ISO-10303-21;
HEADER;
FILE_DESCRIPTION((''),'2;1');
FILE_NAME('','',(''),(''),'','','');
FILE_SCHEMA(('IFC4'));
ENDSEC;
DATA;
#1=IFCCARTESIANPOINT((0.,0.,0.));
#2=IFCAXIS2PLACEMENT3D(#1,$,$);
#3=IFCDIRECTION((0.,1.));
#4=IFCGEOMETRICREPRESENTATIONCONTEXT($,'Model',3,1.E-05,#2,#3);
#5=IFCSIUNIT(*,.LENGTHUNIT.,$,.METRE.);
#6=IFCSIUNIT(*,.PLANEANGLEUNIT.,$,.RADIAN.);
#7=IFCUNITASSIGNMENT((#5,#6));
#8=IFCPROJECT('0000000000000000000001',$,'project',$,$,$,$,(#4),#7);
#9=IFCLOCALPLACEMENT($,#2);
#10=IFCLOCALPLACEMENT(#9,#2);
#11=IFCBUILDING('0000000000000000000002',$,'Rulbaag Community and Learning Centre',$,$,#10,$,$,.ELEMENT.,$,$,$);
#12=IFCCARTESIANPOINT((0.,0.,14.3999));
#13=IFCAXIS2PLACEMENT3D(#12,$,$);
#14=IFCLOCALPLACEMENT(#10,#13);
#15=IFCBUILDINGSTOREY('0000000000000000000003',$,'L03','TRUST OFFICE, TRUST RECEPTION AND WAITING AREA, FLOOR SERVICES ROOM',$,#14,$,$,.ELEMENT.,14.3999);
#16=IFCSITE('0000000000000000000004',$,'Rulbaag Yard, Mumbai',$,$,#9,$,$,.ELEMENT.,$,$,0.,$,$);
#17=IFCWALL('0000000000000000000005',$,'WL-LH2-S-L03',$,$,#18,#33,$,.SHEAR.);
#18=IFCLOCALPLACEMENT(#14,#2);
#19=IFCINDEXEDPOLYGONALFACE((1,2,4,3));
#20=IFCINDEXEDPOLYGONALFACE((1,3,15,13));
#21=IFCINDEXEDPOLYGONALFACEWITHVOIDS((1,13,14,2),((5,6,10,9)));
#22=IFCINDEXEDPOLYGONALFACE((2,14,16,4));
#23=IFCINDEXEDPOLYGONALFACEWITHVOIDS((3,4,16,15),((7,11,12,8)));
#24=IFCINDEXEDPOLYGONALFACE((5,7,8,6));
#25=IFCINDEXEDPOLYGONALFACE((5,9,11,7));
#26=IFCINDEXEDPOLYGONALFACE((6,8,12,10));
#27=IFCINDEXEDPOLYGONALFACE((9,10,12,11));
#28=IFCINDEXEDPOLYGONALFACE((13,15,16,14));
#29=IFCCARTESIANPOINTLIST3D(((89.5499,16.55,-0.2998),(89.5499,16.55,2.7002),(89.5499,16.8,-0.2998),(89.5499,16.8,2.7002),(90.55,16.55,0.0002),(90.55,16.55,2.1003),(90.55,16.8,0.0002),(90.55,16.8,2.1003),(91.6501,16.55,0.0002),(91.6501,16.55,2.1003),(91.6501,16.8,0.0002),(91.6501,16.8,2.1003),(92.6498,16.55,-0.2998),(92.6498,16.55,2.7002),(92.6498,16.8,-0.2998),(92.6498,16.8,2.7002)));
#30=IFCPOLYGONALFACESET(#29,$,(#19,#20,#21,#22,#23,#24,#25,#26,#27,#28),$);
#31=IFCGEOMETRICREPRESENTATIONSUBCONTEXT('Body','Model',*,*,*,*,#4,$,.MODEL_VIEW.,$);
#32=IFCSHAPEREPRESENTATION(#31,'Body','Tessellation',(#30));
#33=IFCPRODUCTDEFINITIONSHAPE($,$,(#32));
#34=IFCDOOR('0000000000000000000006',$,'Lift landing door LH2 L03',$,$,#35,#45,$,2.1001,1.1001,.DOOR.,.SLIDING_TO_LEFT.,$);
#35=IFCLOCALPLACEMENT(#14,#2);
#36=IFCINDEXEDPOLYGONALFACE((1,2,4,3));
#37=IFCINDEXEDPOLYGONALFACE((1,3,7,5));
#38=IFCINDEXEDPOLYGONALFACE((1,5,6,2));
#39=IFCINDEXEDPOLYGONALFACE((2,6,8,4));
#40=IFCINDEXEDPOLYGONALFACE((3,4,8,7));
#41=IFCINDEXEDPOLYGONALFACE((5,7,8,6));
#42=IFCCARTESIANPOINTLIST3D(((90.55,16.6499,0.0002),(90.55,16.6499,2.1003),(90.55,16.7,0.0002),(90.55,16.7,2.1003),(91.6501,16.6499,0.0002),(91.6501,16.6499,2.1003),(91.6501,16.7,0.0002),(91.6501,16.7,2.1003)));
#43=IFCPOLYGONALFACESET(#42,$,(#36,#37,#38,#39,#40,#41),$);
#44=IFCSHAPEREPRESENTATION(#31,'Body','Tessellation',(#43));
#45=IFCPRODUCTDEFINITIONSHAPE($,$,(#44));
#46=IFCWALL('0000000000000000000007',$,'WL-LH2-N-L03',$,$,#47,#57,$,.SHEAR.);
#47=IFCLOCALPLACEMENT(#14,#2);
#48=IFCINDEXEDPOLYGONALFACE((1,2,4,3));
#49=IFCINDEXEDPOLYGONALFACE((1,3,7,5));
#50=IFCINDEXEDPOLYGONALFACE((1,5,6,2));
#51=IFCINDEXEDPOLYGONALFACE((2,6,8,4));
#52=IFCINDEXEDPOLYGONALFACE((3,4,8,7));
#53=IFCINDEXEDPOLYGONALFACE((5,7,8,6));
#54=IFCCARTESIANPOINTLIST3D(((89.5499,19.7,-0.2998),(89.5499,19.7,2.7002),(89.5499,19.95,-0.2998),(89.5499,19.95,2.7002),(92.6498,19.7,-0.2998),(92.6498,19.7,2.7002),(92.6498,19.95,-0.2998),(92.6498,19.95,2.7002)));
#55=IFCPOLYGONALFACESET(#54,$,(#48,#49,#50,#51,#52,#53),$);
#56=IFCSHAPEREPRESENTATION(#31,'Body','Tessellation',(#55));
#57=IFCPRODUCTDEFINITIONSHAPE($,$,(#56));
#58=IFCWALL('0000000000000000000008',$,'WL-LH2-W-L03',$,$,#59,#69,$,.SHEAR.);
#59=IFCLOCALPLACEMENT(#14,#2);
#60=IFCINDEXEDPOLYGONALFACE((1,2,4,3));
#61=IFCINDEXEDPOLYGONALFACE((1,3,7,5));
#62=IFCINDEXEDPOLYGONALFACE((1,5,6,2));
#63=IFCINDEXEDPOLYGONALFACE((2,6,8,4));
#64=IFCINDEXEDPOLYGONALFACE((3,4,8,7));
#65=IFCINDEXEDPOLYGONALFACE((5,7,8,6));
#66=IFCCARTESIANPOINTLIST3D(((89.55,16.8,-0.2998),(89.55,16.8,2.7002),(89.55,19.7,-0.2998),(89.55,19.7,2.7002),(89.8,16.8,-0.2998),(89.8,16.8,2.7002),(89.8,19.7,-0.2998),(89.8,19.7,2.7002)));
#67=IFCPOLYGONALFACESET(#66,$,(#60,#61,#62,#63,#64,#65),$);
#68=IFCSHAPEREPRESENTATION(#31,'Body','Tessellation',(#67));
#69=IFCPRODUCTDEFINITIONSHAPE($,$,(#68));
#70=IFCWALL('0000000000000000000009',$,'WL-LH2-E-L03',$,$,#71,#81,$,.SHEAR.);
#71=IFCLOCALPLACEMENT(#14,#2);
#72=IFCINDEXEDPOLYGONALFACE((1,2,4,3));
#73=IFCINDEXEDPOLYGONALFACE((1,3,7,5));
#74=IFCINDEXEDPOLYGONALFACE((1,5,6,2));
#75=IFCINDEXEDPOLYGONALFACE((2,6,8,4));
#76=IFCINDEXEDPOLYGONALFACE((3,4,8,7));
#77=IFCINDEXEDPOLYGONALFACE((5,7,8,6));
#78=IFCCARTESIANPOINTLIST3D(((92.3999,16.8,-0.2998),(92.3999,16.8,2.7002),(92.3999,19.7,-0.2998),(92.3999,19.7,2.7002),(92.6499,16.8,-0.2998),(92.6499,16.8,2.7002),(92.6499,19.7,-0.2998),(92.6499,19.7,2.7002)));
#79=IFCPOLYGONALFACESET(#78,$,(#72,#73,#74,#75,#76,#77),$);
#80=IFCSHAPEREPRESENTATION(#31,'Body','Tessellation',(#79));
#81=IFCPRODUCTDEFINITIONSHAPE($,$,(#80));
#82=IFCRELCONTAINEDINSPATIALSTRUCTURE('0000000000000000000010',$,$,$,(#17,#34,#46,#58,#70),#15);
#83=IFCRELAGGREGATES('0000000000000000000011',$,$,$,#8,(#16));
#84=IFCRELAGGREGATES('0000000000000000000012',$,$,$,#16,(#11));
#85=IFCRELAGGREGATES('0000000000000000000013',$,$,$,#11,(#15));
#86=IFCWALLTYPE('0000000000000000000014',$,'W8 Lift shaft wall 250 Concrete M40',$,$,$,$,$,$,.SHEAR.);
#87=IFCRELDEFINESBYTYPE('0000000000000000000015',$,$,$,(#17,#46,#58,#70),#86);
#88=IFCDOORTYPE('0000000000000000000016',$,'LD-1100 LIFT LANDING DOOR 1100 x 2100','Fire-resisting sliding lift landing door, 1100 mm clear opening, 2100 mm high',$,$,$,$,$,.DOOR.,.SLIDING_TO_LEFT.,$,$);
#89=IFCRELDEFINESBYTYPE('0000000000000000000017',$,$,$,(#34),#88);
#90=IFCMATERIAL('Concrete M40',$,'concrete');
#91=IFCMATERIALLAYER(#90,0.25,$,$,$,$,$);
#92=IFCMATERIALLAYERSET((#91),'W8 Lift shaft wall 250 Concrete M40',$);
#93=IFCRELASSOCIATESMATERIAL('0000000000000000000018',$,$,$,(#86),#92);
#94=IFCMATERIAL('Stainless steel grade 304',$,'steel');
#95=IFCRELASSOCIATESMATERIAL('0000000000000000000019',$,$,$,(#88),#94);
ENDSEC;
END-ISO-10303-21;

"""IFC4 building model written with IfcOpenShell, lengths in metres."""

from ifc_helpers import new_model, si_unit, direction, frame, frame_2d, origin, place, context, subcontext, project, spatial, rectangle, extrude, material, layer, layer_set, type_object, element, fill, save


model = new_model("IFC4")

# Units and contexts
model_context = context("Model", 3, precision=1e-05, world=origin(), true_north=direction((0.0, 1.0)))
body_context = subcontext(model_context, "Body", "Model", "MODEL_VIEW")
ifc_project = project(units=[si_unit("LENGTHUNIT", "METRE"), si_unit("PLANEANGLEUNIT", "RADIAN")], contexts=[model_context])

# Site, building, storey
site_placement = place(None, origin())
site = spatial("IfcSite", under=ifc_project, at=site_placement, Name="Rulbaag Yard, Mumbai", CompositionType="ELEMENT", RefElevation=0.0)
building_placement = place(site_placement, origin())
building = spatial("IfcBuilding", under=site, at=building_placement, Name="Rulbaag Community and Learning Centre", CompositionType="ELEMENT")
storey_placement = place(building_placement, frame((0.0, 0.0, 14.3999)))
storey = spatial("IfcBuildingStorey", under=building, at=storey_placement, Name="L03", Description="TRUST OFFICE, TRUST RECEPTION AND WAITING AREA, FLOOR SERVICES ROOM", CompositionType="ELEMENT", Elevation=14.3999)

# Shared definitions
ifc_material_1 = material(Name="Concrete M40", Category="concrete")

# Wall, opening, door
ifc_layer_1 = layer(ifc_material_1, 0.25)
ifc_layer_set_1 = layer_set([ifc_layer_1], Name="W8 Lift shaft wall 250 Concrete M40")
wall_type_1 = type_object("IfcWallType", Name="W8 Lift shaft wall 250 Concrete M40", PredefinedType="SHEAR", material=ifc_layer_set_1)
wall_1_placement = place(storey_placement, frame((89.55, 16.675, -0.2998), z_axis=(0.0, 0.0, 1.0), x_axis=(1.0, 0.0, 0.0)))
wall_1 = element("IfcWall", 1, at=wall_1_placement, inside=storey, type_object=wall_type_1, Name="WL-LH2-S-L03", PredefinedType="SHEAR", context=body_context, shape_type="SweptSolid", body=[
    extrude(rectangle(XDim=3.0999, YDim=0.25, at=frame_2d((1.5498, 0.0))), origin(), (0.0, 0.0, 1.0), 3.0),
])
opening_1_placement = place(wall_1_placement, frame((1.0, 0.0, 0.3)))
opening_1 = element("IfcOpeningElement", 2, at=opening_1_placement, cuts=wall_1, PredefinedType="OPENING", context=body_context, shape_type="SweptSolid", body=[
    extrude(rectangle(XDim=1.1001, YDim=2.1001, at=frame_2d((0.55, 1.05))), frame((0.0, 0.135, 0.0), z_axis=(0.0, -1.0, 0.0), x_axis=(1.0, 0.0, 0.0)), (0.0, 0.0, 1.0), 0.27),
])
ifc_material_2 = material(Name="Stainless steel grade 304", Category="steel")
door_type_1 = type_object("IfcDoorType", Name="LD-1100 LIFT LANDING DOOR 1100 x 2100", Description="Fire-resisting sliding lift landing door, 1100 mm clear opening, 2100 mm high", OperationType="SLIDING_TO_LEFT", PredefinedType="DOOR", material=ifc_material_2)
door_1_placement = place(opening_1_placement, origin())
door_1 = element("IfcDoor", 3, at=door_1_placement, inside=storey, type_object=door_type_1, Name="Lift landing door LH2 L03", OperationType="SLIDING_TO_LEFT", OverallHeight=2.1001, OverallWidth=1.1001, PredefinedType="DOOR", context=body_context, shape_type="SweptSolid", body=[
    extrude(rectangle(XDim=1.1001, YDim=2.1001, at=frame_2d((0.55, 1.05))), frame((0.0, 0.0249, 0.0), z_axis=(0.0, -1.0, 0.0), x_axis=(1.0, 0.0, 0.0)), (0.0, 0.0, 1.0), 0.05),
])
fill(opening_1, door_1)

# Walls
wall_2_placement = place(storey_placement, frame((89.55, 19.825, -0.2998), z_axis=(0.0, 0.0, 1.0), x_axis=(1.0, 0.0, 0.0)))
element("IfcWall", 4, at=wall_2_placement, inside=storey, type_object=wall_type_1, Name="WL-LH2-N-L03", PredefinedType="SHEAR", context=body_context, shape_type="SweptSolid", body=[
    extrude(rectangle(XDim=3.0999, YDim=0.25, at=frame_2d((1.5498, 0.0))), origin(), (0.0, 0.0, 1.0), 3.0),
])
for number, where, z_axis, x_axis, name in (
    (5, (89.675, 16.8, -0.2998), (0.0, 0.0, 1.0), (0.0, 1.0, 0.0), "WL-LH2-W-L03"),
    (6, (92.5249, 16.8, -0.2998), (0.0, 0.0, 1.0), (0.0, 1.0, 0.0), "WL-LH2-E-L03"),
):
    element("IfcWall", number, at=place(storey_placement, frame(where, z_axis=z_axis, x_axis=x_axis)), inside=storey, type_object=wall_type_1, Name=name, PredefinedType="SHEAR", context=body_context, shape_type="SweptSolid", body=[
        extrude(rectangle(XDim=2.8999, YDim=0.25, at=frame_2d((1.45, 0.0))), origin(), (0.0, 0.0, 1.0), 3.0),
    ])

save(model, "model.ifc")
